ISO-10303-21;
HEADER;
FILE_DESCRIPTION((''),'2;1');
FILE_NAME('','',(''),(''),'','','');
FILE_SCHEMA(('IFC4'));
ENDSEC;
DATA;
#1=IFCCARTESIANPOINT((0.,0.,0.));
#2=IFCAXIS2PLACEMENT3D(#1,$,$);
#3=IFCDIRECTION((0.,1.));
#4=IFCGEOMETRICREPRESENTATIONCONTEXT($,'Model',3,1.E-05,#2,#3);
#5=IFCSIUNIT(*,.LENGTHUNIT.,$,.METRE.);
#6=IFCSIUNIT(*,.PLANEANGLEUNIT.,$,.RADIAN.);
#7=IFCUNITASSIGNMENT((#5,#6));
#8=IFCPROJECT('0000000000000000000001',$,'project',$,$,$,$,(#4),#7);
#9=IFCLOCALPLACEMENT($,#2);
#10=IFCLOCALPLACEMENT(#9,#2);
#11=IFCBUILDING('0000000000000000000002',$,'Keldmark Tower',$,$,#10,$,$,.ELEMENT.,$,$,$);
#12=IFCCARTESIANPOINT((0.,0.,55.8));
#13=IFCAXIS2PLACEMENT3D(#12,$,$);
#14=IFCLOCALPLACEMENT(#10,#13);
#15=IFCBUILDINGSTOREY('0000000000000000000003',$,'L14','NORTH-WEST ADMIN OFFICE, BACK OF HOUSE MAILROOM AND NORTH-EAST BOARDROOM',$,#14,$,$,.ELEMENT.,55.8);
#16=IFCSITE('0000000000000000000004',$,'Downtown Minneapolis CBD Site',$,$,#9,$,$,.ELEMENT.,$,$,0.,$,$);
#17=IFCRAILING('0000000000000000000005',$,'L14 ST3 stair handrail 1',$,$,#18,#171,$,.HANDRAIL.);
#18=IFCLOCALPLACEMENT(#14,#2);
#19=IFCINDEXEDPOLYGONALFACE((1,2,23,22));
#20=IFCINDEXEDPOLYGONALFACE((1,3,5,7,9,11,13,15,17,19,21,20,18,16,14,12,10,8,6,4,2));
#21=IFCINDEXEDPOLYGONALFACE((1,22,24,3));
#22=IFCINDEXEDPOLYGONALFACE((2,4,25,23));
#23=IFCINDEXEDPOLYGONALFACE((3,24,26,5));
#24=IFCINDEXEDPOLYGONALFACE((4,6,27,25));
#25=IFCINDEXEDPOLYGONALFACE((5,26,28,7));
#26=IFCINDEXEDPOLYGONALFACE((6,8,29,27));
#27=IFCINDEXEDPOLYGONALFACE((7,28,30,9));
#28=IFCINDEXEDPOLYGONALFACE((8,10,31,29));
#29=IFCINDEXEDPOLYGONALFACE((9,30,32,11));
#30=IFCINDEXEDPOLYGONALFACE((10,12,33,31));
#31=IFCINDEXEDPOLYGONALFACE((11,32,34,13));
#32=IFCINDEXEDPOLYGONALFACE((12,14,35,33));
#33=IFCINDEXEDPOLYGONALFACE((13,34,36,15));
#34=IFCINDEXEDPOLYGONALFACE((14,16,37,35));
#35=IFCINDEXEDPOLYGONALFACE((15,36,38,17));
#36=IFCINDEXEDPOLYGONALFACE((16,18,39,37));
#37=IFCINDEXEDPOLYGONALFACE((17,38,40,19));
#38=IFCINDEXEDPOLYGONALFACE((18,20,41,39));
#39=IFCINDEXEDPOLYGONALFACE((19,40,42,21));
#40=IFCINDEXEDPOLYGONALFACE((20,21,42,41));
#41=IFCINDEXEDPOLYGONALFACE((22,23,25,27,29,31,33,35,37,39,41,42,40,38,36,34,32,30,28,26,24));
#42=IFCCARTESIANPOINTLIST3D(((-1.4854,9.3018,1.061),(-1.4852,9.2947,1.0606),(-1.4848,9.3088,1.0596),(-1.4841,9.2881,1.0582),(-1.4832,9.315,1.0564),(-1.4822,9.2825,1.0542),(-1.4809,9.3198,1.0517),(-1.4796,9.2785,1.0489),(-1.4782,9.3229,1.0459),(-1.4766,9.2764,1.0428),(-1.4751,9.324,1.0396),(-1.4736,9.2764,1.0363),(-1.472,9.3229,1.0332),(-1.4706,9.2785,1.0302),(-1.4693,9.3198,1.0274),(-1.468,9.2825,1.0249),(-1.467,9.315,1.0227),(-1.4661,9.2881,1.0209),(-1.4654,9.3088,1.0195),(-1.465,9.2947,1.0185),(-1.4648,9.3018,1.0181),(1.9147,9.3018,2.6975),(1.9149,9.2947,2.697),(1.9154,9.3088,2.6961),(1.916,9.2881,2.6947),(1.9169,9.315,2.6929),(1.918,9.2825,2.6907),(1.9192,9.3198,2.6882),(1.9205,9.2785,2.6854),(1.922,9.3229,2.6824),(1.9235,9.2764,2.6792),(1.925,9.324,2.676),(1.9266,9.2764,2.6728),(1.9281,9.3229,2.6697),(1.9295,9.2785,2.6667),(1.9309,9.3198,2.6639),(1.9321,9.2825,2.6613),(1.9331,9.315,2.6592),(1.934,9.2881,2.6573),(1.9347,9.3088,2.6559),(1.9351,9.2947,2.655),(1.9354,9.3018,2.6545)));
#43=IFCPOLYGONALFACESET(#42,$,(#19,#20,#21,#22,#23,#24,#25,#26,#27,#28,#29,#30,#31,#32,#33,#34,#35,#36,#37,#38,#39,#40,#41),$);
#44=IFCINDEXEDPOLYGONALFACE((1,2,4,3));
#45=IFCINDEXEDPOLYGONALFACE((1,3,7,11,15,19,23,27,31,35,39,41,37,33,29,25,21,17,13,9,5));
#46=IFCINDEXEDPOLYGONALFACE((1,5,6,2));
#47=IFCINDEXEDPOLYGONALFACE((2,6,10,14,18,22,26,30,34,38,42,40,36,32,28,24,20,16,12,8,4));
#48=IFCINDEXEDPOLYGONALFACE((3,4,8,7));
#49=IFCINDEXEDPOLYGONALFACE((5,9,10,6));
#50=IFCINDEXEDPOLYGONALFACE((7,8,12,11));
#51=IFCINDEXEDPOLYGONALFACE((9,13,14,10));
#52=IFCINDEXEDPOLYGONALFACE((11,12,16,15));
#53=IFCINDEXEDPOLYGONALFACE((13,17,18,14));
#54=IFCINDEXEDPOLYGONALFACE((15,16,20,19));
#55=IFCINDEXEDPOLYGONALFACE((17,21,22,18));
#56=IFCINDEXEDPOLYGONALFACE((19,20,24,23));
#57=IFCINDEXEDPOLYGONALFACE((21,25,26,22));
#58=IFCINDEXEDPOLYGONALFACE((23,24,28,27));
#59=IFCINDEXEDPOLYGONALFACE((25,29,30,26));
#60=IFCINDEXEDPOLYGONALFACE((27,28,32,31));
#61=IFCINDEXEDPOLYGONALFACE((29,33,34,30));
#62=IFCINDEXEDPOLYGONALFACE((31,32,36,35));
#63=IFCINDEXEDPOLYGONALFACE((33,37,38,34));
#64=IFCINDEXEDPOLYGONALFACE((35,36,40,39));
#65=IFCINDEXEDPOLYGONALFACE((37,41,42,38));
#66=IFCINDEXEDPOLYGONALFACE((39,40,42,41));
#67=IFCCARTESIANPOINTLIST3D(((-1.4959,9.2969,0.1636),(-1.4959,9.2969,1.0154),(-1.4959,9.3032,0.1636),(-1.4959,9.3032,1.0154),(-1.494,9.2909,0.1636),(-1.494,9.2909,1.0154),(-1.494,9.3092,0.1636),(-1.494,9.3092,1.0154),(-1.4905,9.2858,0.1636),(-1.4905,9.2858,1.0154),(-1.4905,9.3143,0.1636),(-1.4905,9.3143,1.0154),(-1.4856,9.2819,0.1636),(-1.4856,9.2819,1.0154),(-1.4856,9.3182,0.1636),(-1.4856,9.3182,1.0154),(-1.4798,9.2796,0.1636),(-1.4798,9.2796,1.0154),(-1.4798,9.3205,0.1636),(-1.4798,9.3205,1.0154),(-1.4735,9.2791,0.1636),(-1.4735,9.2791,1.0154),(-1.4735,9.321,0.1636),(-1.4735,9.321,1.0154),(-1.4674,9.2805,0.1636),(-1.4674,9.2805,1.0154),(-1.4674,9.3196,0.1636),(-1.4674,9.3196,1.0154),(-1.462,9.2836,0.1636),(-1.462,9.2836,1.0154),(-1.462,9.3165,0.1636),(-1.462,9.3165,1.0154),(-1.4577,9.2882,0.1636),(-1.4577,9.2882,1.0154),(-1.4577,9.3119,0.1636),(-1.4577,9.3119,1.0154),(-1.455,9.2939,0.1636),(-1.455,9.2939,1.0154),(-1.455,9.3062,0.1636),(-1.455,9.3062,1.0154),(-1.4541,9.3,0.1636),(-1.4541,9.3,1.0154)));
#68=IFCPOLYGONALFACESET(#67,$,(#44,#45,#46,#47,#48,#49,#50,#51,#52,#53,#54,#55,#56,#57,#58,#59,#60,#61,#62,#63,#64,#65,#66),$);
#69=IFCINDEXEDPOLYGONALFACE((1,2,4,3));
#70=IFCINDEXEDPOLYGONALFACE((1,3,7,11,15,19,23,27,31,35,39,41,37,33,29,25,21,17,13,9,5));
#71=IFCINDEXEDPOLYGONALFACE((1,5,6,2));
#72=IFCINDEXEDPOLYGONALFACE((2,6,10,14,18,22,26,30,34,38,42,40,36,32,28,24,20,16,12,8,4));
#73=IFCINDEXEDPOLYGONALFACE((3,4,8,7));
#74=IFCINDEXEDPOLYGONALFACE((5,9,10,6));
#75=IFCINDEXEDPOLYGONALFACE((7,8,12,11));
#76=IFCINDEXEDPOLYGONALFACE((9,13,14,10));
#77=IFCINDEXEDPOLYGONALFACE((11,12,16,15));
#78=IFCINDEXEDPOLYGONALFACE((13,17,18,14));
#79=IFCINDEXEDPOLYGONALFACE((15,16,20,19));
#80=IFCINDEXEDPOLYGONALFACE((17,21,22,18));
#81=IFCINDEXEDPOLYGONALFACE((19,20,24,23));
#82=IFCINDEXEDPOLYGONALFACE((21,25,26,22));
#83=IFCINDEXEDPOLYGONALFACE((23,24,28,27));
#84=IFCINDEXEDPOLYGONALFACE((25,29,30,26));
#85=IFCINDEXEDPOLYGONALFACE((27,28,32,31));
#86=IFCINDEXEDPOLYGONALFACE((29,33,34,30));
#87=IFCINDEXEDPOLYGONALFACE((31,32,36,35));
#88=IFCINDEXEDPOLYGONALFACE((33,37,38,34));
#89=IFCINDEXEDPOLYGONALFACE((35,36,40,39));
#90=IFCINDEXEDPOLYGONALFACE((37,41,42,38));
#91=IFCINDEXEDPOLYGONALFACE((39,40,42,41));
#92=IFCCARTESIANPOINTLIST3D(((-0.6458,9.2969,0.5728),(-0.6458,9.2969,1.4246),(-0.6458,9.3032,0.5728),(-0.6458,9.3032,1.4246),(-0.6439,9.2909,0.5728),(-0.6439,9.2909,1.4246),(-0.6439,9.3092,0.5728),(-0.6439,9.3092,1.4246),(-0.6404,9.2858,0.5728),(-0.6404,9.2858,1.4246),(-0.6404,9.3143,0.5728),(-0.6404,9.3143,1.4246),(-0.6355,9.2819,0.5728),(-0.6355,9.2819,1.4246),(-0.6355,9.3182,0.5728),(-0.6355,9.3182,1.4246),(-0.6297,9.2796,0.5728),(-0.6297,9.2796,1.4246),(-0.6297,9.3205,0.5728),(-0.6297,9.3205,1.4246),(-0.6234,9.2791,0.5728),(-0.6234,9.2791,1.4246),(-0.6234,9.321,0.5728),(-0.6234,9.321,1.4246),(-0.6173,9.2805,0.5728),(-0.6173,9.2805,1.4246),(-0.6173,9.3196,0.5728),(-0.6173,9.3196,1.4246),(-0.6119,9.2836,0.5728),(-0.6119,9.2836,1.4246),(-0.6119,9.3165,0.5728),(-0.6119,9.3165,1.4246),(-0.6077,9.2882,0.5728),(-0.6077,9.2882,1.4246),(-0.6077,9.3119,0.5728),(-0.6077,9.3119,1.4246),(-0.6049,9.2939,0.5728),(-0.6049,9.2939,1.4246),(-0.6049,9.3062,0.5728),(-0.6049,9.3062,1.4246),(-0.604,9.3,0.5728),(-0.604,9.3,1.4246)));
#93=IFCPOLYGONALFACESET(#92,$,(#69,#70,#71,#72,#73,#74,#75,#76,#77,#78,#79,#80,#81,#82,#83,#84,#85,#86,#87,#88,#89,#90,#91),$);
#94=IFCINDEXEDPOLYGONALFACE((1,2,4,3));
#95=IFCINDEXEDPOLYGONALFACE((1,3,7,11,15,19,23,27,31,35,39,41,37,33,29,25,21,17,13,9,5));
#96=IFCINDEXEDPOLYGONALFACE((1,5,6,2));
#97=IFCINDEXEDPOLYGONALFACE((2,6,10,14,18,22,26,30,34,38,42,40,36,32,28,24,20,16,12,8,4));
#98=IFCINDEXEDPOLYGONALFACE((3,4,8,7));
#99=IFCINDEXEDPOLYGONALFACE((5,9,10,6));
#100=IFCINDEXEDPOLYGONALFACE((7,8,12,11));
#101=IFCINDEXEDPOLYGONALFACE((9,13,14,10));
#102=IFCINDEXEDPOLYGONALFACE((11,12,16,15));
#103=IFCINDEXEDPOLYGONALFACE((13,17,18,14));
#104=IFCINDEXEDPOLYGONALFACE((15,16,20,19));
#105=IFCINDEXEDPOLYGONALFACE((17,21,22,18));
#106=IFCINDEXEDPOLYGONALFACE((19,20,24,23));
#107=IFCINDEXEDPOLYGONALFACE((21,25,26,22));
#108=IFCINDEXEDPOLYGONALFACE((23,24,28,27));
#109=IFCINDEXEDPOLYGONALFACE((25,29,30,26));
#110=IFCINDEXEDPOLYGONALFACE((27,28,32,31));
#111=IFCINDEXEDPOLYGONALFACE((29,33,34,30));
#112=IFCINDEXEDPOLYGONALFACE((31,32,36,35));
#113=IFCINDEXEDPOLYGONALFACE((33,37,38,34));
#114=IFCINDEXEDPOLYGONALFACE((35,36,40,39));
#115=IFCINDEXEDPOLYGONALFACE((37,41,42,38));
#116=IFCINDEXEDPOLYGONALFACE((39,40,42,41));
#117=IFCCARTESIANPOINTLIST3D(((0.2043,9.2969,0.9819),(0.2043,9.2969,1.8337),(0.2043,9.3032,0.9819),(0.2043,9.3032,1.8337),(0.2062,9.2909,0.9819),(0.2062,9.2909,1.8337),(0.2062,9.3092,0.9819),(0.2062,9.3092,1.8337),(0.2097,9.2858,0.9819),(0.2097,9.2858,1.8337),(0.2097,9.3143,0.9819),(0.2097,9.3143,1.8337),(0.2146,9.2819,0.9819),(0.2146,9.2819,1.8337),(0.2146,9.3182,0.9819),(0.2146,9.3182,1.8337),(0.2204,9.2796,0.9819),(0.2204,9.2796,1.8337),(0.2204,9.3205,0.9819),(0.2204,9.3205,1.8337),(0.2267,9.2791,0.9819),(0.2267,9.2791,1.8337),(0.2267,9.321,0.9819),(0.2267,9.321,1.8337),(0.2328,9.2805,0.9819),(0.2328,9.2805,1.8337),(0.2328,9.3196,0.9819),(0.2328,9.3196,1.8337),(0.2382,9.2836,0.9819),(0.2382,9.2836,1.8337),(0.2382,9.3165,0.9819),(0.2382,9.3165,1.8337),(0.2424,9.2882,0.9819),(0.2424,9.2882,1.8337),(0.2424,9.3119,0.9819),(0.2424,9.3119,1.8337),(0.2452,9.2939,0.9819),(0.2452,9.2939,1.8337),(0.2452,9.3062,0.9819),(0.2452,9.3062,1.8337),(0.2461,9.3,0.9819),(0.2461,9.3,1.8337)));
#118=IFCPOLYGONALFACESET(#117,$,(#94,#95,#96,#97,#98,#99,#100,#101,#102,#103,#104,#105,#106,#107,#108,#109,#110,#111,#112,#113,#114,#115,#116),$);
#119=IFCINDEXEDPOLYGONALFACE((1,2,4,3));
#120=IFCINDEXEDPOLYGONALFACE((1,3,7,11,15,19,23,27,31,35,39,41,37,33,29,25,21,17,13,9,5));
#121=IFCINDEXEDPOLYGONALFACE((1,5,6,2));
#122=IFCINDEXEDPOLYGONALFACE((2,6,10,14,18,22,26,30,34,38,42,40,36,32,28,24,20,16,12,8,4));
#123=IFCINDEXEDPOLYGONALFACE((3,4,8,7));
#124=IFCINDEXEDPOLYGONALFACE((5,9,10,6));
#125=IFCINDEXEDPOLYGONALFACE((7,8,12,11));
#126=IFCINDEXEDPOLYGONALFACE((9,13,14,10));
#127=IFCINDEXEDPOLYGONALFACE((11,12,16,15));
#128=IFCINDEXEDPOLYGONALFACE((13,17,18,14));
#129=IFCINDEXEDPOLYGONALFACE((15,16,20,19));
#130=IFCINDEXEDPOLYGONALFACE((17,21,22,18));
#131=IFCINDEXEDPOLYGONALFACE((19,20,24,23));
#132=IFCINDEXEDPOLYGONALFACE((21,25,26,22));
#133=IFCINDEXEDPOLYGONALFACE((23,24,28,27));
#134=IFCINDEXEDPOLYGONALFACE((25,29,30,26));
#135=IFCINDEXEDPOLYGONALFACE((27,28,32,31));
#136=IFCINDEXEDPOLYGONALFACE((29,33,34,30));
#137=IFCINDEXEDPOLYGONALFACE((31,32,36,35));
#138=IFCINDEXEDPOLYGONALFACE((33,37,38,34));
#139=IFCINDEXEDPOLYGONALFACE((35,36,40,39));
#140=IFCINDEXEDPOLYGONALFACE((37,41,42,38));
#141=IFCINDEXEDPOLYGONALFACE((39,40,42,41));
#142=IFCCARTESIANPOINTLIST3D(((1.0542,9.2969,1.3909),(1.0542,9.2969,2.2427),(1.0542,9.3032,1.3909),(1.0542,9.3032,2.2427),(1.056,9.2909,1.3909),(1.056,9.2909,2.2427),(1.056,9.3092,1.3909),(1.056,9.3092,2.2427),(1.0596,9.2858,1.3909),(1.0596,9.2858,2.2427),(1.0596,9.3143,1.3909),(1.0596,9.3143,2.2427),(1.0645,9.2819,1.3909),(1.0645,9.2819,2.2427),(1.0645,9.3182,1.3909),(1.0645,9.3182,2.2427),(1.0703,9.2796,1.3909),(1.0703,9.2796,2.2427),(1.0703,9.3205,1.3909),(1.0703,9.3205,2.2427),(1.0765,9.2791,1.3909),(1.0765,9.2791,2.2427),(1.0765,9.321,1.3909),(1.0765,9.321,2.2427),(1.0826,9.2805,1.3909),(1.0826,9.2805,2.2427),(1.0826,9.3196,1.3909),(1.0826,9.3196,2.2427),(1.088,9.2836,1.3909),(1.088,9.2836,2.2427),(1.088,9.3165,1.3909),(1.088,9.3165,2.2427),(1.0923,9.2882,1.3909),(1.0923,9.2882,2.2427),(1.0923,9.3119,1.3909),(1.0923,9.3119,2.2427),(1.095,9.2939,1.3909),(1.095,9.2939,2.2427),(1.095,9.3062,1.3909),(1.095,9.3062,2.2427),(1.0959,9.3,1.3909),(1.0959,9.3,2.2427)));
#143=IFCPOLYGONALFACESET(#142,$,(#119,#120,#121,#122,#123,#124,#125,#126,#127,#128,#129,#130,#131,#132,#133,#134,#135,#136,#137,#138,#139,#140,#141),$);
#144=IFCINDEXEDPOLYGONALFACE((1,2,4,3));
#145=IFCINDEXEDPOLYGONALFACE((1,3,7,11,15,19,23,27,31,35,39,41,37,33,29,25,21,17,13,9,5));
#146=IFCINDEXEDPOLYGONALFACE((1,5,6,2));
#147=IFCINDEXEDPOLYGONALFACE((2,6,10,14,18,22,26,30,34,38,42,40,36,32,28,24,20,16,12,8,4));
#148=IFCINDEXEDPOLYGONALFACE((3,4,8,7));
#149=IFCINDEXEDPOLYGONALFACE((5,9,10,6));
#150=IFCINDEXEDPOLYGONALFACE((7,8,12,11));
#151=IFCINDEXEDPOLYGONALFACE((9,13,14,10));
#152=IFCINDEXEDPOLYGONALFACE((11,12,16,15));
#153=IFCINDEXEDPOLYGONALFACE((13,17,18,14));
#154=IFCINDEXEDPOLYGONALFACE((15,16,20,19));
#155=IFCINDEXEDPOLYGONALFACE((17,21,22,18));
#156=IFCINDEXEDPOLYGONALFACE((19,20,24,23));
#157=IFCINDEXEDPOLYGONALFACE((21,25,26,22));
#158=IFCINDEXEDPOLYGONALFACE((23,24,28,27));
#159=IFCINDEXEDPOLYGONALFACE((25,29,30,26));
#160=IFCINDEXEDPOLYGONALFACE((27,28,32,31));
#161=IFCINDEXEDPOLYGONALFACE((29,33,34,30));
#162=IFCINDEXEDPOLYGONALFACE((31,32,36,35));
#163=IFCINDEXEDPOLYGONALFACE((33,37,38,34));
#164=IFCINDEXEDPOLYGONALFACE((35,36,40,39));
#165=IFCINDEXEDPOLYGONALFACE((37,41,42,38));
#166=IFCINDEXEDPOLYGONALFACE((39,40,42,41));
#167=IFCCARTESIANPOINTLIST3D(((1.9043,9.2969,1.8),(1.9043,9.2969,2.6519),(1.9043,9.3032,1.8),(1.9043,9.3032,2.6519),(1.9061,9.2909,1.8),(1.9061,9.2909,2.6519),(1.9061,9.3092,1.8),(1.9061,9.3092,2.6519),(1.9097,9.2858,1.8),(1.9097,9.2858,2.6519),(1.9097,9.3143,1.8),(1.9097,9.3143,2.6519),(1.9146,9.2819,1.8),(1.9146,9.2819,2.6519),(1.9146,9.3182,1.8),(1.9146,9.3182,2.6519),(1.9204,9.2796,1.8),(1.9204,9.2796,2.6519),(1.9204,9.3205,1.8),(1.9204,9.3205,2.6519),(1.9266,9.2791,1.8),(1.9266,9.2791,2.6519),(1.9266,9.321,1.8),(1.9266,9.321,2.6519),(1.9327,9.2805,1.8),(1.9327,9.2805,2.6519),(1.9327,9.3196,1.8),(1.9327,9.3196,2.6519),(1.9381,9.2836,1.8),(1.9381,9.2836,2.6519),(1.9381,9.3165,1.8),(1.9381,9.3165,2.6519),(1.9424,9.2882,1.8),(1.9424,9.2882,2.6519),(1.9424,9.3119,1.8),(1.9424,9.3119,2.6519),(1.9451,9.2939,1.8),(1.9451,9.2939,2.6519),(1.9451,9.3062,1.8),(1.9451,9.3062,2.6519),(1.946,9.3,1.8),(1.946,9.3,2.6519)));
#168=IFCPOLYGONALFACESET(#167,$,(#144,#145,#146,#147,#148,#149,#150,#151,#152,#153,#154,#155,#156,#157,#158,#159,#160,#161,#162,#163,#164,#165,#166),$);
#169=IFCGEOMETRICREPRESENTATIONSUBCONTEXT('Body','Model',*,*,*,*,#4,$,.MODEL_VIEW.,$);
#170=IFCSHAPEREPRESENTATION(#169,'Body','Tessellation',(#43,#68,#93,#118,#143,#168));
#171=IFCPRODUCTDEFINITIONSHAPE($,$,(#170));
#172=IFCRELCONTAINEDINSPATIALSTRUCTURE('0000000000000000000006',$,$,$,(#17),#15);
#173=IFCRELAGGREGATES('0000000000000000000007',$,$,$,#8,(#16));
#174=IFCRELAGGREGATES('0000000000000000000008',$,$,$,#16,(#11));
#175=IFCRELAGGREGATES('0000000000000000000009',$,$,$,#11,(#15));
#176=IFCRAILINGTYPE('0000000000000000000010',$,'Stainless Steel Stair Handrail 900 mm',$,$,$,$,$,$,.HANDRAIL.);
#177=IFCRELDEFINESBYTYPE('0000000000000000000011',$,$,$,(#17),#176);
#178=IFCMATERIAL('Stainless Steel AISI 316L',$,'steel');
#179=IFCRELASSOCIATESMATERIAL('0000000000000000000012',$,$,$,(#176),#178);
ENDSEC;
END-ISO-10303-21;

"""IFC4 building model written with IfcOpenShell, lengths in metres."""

from ifc_helpers import new_model, si_unit, direction, frame, origin, origin_2d, place, context, subcontext, project, spatial, circle, extrude, material, type_object, element, save


model = new_model("IFC4")

# Units and contexts
model_context = context("Model", 3, precision=1e-05, world=origin(), true_north=direction((0.0, 1.0)))
body_context = subcontext(model_context, "Body", "Model", "MODEL_VIEW")
ifc_project = project(units=[si_unit("LENGTHUNIT", "METRE"), si_unit("PLANEANGLEUNIT", "RADIAN")], contexts=[model_context])

# Site, building, storey
site_placement = place(None, origin())
site = spatial("IfcSite", under=ifc_project, at=site_placement, Name="Downtown Minneapolis CBD Site", CompositionType="ELEMENT", RefElevation=0.0)
building_placement = place(site_placement, origin())
building = spatial("IfcBuilding", under=site, at=building_placement, Name="Keldmark Tower", CompositionType="ELEMENT")
storey_placement = place(building_placement, frame((0.0, 0.0, 55.8)))
storey = spatial("IfcBuildingStorey", under=building, at=storey_placement, Name="L14", Description="NORTH-WEST ADMIN OFFICE, BACK OF HOUSE MAILROOM AND NORTH-EAST BOARDROOM", CompositionType="ELEMENT", Elevation=55.8)

# Railing
ifc_material_1 = material(Name="Stainless Steel AISI 316L", Category="steel")
railing_type_1 = type_object("IfcRailingType", Name="Stainless Steel Stair Handrail 900 mm", PredefinedType="HANDRAIL", material=ifc_material_1)
railing_1_placement = place(storey_placement, frame((-1.4751, 9.3, 0.1636)))
element("IfcRailing", 1, at=railing_1_placement, inside=storey, type_object=railing_type_1, Name="L14 ST3 stair handrail 1", PredefinedType="HANDRAIL", context=body_context, shape_type="SweptSolid", body=[
    extrude(circle(Radius=0.0239, at=origin_2d()), frame((0.0, 0.0, 0.876), z_axis=(0.901067, 0.0, 0.433679), x_axis=(0.0, 1.0, 0.0)), (0.0, 0.0, 1.0), 3.7734),
    extrude(circle(Radius=0.021, at=origin_2d()), origin(), (0.0, 0.0, 1.0), 0.8518),
    extrude(circle(Radius=0.021, at=origin_2d()), frame((0.8501, 0.0, 0.4092)), (0.0, 0.0, 1.0), 0.8518),
    extrude(circle(Radius=0.021, at=origin_2d()), frame((1.7002, 0.0, 0.8184)), (0.0, 0.0, 1.0), 0.8518),
    extrude(circle(Radius=0.021, at=origin_2d()), frame((2.55, 0.0, 1.2273)), (0.0, 0.0, 1.0), 0.8518),
    extrude(circle(Radius=0.021, at=origin_2d()), frame((3.4001, 0.0, 1.6365)), (0.0, 0.0, 1.0), 0.8518),
])

save(model, "model.ifc")
